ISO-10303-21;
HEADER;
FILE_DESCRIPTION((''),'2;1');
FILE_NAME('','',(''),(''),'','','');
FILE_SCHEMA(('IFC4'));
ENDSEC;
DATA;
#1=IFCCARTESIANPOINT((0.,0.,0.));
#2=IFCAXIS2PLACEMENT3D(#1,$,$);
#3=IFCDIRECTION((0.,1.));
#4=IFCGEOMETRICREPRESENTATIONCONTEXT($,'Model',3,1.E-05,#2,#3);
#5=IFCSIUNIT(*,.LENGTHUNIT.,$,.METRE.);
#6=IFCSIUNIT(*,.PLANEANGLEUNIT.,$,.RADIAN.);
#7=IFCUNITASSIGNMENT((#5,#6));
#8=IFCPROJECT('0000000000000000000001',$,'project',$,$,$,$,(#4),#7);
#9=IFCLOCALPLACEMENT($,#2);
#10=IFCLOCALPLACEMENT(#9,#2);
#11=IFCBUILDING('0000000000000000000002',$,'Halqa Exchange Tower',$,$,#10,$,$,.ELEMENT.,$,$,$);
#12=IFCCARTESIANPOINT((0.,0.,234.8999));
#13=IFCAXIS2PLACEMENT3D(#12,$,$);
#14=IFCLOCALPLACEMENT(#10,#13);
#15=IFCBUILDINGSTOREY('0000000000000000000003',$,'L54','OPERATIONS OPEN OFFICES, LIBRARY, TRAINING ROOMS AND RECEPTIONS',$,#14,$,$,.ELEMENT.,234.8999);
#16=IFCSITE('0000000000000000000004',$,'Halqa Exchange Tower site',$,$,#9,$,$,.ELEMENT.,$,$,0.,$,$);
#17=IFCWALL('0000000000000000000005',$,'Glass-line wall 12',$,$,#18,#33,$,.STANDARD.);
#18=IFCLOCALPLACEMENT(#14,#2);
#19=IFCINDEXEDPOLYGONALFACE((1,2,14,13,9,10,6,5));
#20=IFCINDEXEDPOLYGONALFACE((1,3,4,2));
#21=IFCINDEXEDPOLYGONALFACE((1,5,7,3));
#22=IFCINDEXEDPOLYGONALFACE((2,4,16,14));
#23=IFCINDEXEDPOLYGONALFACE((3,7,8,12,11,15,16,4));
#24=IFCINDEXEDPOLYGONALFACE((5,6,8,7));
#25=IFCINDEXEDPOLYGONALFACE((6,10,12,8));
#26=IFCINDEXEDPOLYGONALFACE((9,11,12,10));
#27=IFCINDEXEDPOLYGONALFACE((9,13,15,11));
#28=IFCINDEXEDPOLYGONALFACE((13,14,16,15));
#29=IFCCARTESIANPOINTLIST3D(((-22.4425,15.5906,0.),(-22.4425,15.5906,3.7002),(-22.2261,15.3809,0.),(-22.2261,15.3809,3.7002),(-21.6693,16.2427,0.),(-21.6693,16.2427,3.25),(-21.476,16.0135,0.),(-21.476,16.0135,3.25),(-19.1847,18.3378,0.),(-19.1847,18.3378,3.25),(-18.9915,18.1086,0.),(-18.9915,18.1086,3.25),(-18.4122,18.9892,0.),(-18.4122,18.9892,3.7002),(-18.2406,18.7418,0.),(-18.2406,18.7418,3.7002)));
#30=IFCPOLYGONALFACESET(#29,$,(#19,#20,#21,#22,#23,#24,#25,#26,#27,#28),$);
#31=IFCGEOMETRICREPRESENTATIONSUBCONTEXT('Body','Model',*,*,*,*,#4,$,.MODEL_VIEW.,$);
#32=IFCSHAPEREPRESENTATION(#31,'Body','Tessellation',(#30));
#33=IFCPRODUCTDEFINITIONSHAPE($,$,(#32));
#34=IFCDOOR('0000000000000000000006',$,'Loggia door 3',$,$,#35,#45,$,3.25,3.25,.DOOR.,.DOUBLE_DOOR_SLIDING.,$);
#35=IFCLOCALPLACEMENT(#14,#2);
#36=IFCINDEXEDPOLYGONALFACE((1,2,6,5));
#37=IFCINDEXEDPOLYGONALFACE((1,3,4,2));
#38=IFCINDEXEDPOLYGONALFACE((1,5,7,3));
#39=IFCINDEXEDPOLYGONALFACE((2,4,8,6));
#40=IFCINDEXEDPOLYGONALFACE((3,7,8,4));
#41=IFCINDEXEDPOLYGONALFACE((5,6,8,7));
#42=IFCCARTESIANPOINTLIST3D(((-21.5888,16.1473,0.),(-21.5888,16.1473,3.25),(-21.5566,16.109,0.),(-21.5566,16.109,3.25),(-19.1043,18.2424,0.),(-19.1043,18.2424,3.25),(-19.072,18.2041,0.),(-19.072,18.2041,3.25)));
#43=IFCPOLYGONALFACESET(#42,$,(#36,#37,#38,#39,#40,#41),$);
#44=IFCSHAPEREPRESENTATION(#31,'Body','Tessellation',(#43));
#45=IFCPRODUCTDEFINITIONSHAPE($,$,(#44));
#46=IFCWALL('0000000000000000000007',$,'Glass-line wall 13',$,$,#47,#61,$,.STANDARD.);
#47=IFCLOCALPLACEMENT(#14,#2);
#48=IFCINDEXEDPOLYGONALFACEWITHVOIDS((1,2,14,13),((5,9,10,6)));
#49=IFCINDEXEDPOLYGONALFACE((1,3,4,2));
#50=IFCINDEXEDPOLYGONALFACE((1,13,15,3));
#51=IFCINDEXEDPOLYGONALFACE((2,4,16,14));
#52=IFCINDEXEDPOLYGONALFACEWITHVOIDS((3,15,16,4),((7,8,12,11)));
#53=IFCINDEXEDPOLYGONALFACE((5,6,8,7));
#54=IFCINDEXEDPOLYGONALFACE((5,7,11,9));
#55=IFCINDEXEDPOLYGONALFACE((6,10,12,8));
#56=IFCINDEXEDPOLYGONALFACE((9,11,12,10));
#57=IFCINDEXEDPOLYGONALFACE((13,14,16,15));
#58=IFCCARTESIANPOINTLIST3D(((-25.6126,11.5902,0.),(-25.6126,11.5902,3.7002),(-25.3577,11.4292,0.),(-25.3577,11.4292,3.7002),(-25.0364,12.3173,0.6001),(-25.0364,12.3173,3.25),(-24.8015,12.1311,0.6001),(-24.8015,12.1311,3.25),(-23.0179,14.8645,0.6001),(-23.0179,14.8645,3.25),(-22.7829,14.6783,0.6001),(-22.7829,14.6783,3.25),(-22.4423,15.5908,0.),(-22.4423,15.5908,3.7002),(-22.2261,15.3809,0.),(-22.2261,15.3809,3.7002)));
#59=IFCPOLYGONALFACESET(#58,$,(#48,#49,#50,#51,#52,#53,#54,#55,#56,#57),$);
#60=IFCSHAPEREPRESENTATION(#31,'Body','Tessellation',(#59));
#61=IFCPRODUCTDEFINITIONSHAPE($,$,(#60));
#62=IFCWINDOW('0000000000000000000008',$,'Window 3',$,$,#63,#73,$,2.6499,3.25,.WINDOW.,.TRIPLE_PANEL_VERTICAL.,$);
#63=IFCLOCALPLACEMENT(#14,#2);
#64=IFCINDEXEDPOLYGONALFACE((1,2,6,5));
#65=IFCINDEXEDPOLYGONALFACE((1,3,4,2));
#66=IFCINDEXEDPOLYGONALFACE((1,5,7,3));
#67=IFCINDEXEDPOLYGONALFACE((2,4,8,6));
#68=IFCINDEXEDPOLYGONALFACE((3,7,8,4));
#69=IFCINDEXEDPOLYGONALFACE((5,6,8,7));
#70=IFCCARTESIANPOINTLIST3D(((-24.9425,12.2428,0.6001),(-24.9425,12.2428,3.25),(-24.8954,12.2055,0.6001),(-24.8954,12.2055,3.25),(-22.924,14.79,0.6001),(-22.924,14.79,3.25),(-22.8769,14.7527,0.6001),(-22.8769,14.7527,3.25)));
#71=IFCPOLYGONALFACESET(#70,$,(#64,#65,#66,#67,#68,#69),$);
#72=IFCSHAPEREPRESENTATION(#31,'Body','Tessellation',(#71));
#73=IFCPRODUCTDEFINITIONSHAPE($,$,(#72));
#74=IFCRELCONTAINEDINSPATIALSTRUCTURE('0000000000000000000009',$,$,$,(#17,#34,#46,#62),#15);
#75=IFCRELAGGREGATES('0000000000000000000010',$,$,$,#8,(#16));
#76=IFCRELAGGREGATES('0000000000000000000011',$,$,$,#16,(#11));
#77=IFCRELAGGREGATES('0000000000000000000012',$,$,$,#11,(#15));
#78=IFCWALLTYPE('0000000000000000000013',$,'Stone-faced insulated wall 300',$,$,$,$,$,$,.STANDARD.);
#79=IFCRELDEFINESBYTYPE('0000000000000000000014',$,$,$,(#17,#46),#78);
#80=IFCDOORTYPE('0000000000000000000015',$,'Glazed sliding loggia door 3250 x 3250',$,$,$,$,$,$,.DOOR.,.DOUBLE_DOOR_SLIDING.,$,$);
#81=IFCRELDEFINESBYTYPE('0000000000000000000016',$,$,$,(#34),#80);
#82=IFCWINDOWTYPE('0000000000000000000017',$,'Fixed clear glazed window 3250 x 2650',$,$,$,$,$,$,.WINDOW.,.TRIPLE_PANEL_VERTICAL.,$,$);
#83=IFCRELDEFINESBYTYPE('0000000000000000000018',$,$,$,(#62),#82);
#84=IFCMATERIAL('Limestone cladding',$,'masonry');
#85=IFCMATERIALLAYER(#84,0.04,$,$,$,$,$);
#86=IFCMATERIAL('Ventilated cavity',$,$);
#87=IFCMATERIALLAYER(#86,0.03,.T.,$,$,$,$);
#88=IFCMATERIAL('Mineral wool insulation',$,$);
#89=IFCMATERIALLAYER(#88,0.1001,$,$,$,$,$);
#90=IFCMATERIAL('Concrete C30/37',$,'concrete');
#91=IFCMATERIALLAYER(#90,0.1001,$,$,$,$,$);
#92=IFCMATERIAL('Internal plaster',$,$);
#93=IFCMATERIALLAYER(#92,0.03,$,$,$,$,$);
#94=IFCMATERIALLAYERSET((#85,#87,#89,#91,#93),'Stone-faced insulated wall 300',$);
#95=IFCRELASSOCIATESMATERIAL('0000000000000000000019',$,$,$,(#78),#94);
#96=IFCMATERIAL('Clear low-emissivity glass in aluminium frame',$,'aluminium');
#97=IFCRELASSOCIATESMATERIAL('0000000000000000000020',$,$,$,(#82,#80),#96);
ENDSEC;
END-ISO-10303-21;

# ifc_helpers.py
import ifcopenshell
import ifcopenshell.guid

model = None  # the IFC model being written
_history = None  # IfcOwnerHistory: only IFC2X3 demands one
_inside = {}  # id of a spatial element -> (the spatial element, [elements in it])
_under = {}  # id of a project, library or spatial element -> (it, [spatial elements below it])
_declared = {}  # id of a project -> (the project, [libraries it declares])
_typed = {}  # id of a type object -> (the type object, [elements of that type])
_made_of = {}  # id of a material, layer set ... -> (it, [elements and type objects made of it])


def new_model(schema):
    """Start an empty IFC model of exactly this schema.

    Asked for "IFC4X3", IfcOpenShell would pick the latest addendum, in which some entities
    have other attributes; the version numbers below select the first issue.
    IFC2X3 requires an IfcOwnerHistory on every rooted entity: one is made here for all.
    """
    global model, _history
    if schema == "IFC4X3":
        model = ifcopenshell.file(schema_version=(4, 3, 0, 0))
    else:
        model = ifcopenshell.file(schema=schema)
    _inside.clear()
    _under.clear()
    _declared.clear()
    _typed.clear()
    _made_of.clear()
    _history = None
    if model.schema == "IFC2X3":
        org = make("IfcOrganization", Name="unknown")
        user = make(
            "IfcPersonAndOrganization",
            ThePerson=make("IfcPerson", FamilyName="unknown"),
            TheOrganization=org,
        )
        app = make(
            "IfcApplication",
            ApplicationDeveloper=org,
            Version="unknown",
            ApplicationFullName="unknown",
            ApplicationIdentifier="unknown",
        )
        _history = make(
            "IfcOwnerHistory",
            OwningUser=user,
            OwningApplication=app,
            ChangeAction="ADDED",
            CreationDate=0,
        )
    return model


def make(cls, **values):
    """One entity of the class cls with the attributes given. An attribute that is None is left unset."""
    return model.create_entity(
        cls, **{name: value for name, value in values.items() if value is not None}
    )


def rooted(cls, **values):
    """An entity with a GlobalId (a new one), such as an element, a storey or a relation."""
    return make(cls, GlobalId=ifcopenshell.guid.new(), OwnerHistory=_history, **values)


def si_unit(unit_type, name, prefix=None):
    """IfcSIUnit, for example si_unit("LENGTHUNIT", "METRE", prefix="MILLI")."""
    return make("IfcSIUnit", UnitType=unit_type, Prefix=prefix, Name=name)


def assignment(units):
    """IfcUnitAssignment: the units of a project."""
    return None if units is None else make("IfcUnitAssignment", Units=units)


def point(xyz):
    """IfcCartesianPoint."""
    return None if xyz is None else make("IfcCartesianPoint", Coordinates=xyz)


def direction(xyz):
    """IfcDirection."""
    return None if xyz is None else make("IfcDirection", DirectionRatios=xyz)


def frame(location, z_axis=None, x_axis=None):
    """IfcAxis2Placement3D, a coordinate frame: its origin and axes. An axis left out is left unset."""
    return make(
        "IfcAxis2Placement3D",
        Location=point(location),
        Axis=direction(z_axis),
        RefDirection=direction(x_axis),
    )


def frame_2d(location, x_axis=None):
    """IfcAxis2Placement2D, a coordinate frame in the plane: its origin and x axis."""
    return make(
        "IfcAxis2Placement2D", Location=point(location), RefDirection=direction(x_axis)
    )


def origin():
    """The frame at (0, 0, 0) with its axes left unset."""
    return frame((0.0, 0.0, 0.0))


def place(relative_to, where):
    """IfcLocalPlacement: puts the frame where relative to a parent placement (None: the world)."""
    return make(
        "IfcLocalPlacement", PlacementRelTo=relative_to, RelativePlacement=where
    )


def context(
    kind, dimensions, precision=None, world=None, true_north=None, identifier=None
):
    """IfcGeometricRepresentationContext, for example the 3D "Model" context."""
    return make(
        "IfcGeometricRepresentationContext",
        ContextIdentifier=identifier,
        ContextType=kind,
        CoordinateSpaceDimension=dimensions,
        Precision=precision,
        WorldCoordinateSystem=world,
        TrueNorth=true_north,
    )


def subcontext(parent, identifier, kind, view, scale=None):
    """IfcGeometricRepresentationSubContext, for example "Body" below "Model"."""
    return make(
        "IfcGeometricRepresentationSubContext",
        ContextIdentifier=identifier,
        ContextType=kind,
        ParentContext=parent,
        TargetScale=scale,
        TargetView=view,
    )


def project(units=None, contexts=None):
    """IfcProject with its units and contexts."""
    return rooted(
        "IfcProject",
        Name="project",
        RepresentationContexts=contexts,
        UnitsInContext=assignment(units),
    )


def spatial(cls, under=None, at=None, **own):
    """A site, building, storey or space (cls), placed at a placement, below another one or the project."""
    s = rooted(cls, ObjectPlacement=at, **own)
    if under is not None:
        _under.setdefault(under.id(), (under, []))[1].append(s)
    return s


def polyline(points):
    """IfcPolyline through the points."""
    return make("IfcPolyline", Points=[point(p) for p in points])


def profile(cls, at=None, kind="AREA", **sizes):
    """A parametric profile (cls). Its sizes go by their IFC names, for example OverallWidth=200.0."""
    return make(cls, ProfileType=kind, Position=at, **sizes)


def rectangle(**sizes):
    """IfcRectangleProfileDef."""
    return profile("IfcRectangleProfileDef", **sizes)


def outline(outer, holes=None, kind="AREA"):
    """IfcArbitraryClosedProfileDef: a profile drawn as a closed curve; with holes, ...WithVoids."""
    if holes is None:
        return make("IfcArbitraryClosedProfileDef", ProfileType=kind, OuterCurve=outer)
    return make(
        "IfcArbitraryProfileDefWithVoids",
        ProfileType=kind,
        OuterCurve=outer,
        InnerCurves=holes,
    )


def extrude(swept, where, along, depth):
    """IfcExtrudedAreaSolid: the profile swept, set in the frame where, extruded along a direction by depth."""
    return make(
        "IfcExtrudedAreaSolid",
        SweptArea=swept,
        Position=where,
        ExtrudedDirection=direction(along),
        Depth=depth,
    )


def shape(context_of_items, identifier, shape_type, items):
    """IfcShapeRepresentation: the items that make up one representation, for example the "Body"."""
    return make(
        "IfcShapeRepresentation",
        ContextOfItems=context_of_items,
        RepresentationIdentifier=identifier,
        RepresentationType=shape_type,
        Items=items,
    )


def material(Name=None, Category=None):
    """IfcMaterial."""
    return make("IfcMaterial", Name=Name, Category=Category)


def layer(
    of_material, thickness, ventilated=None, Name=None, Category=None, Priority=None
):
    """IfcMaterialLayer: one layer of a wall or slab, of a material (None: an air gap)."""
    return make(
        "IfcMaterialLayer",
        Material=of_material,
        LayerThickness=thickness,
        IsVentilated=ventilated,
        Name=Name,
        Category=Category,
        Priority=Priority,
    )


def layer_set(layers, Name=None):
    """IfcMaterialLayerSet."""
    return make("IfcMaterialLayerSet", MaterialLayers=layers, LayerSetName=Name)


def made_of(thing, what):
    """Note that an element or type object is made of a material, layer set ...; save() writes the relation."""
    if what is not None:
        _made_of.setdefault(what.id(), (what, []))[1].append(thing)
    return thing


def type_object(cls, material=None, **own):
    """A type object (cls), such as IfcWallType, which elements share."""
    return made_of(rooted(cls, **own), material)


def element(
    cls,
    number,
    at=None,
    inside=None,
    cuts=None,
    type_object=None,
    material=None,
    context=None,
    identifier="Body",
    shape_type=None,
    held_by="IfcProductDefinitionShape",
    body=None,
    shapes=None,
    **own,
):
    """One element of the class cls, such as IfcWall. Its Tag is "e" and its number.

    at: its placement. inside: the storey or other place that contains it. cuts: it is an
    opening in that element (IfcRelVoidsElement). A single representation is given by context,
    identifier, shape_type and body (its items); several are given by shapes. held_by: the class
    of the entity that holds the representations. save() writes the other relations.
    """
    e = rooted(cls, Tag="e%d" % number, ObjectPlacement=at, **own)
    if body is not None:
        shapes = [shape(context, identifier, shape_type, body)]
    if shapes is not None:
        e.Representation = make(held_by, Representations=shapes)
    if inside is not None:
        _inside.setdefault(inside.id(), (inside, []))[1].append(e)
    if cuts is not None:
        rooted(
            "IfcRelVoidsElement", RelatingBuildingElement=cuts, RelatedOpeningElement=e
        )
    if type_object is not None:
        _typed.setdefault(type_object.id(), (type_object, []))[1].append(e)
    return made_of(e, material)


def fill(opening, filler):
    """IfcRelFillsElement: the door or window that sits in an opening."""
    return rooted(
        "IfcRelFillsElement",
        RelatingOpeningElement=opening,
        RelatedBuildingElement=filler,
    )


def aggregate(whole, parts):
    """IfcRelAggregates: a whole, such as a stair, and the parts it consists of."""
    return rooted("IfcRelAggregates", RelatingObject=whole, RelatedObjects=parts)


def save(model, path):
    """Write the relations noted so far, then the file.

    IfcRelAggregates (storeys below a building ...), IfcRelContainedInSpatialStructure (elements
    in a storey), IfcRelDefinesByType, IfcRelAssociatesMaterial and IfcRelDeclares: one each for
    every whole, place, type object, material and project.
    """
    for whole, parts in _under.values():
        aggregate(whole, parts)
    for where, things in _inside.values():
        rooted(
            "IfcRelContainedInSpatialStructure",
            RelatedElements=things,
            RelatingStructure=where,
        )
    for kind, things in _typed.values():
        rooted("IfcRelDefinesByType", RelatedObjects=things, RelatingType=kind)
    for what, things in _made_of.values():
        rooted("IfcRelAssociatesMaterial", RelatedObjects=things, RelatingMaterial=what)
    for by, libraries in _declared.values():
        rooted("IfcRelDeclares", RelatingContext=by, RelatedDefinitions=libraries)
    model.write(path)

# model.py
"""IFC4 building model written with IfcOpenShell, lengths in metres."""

from ifc_helpers import new_model, si_unit, direction, frame, frame_2d, origin, place, context, subcontext, project, spatial, polyline, rectangle, outline, extrude, material, layer, layer_set, type_object, element, fill, save


model = new_model("IFC4")

# Units and contexts
model_context = context("Model", 3, precision=1e-05, world=origin(), true_north=direction((0.0, 1.0)))
body_context = subcontext(model_context, "Body", "Model", "MODEL_VIEW")
ifc_project = project(units=[si_unit("LENGTHUNIT", "METRE"), si_unit("PLANEANGLEUNIT", "RADIAN")], contexts=[model_context])

# Site, building, storey
site_placement = place(None, origin())
site = spatial("IfcSite", under=ifc_project, at=site_placement, Name="Halqa Exchange Tower site", CompositionType="ELEMENT", RefElevation=0.0)
building_placement = place(site_placement, origin())
building = spatial("IfcBuilding", under=site, at=building_placement, Name="Halqa Exchange Tower", CompositionType="ELEMENT")
storey_placement = place(building_placement, frame((0.0, 0.0, 234.8999)))
storey = spatial("IfcBuildingStorey", under=building, at=storey_placement, Name="L54", Description="OPERATIONS OPEN OFFICES, LIBRARY, TRAINING ROOMS AND RECEPTIONS", CompositionType="ELEMENT", Elevation=234.8999)

# Shared definitions
ifc_material_1 = material(Name="Limestone cladding", Category="masonry")
ifc_layer_1 = layer(ifc_material_1, 0.04)
ifc_material_2 = material(Name="Ventilated cavity")
ifc_layer_2 = layer(ifc_material_2, 0.03, ventilated=True)
ifc_material_3 = material(Name="Mineral wool insulation")
ifc_layer_3 = layer(ifc_material_3, 0.1001)
ifc_material_4 = material(Name="Concrete C30/37", Category="concrete")
ifc_layer_4 = layer(ifc_material_4, 0.1001)
ifc_material_5 = material(Name="Internal plaster")
ifc_layer_5 = layer(ifc_material_5, 0.03)
ifc_layer_set_1 = layer_set([ifc_layer_1, ifc_layer_2, ifc_layer_3, ifc_layer_4, ifc_layer_5], Name="Stone-faced insulated wall 300")
wall_type_1 = type_object("IfcWallType", Name="Stone-faced insulated wall 300", PredefinedType="STANDARD", material=ifc_layer_set_1)
ifc_material_6 = material(Name="Clear low-emissivity glass in aluminium frame", Category="aluminium")
window_type = type_object("IfcWindowType", Name="Fixed clear glazed window 3250 x 2650", PartitioningType="TRIPLE_PANEL_VERTICAL", PredefinedType="WINDOW", material=ifc_material_6)

# Wall, opening, door
wall_1_placement = place(storey_placement, frame((-18.3264, 18.8655, 0.0), z_axis=(0.0, 0.0, 1.0), x_axis=(-0.764475, -0.644653, 0.0)))
wall_1 = element("IfcWall", 1, at=wall_1_placement, inside=storey, type_object=wall_type_1, Name="Glass-line wall 12", PredefinedType="STANDARD", context=body_context, shape_type="SweptSolid", body=[
    extrude(outline(polyline([(-0.0142, -0.1499), (5.2578, -0.1499), (5.2275, 0.1499), (0.0142, 0.1499), (-0.0142, -0.1499)])), origin(), (0.0, 0.0, 1.0), 3.7002),
])
opening_1_placement = place(wall_1_placement, frame((0.9963, 0.0, 0.0)))
opening_1 = element("IfcOpeningElement", 2, at=opening_1_placement, cuts=wall_1, PredefinedType="OPENING", context=body_context, shape_type="SweptSolid", body=[
    extrude(rectangle(XDim=3.25, YDim=3.25, at=frame_2d((1.625, 1.625))), frame((0.0, 0.1621, 0.0), z_axis=(0.0, -1.0, 0.0), x_axis=(1.0, 0.0, 0.0)), (0.0, 0.0, 1.0), 0.324),
])
door_type_1 = type_object("IfcDoorType", Name="Glazed sliding loggia door 3250 x 3250", OperationType="DOUBLE_DOOR_SLIDING", PredefinedType="DOOR", material=ifc_material_6)
door_1_placement = place(opening_1_placement, origin())
door_1 = element("IfcDoor", 3, at=door_1_placement, inside=storey, type_object=door_type_1, Name="Loggia door 3", OperationType="DOUBLE_DOOR_SLIDING", OverallHeight=3.25, OverallWidth=3.25, PredefinedType="DOOR", context=body_context, shape_type="SweptSolid", body=[
    extrude(rectangle(XDim=3.25, YDim=3.25, at=frame_2d((1.625, 1.625))), frame((0.0, 0.0249, 0.0), z_axis=(0.0, -1.0, 0.0), x_axis=(1.0, 0.0, 0.0)), (0.0, 0.0, 1.0), 0.05),
])
fill(opening_1, door_1)

# Wall, opening, window
wall_2_placement = place(storey_placement, frame((-22.3342, 15.4858, 0.0), z_axis=(0.0, 0.0, 1.0), x_axis=(-0.621085, -0.783743, 0.0)))
wall_2 = element("IfcWall", 4, at=wall_2_placement, inside=storey, type_object=wall_type_1, Name="Glass-line wall 13", PredefinedType="STANDARD", context=body_context, shape_type="SweptSolid", body=[
    extrude(outline(polyline([(-0.0151, -0.1499), (5.0894, -0.1499), (5.0571, 0.1499), (0.0151, 0.1499), (-0.0151, -0.1499)])), origin(), (0.0, 0.0, 1.0), 3.7002),
])
opening_2_placement = place(wall_2_placement, frame((0.9116, 0.0, 0.6001)))
opening_2 = element("IfcOpeningElement", 5, at=opening_2_placement, cuts=wall_2, PredefinedType="OPENING", context=body_context, shape_type="SweptSolid", body=[
    extrude(rectangle(XDim=3.25, YDim=2.6499, at=frame_2d((1.625, 1.325))), frame((0.0, 0.1621, 0.0), z_axis=(0.0, -1.0, 0.0), x_axis=(1.0, 0.0, 0.0)), (0.0, 0.0, 1.0), 0.324),
])
window_1_placement = place(opening_2_placement, origin())
window_1 = element("IfcWindow", 6, at=window_1_placement, inside=storey, type_object=window_type, Name="Window 3", OverallHeight=2.6499, OverallWidth=3.25, PartitioningType="TRIPLE_PANEL_VERTICAL", PredefinedType="WINDOW", context=body_context, shape_type="SweptSolid", body=[
    extrude(rectangle(XDim=3.25, YDim=2.6499, at=frame_2d((1.625, 1.325))), frame((0.0, 0.03, 0.0), z_axis=(0.0, -1.0, 0.0), x_axis=(1.0, 0.0, 0.0)), (0.0, 0.0, 1.0), 0.0601),
])
fill(opening_2, window_1)

save(model, "model.ifc")
